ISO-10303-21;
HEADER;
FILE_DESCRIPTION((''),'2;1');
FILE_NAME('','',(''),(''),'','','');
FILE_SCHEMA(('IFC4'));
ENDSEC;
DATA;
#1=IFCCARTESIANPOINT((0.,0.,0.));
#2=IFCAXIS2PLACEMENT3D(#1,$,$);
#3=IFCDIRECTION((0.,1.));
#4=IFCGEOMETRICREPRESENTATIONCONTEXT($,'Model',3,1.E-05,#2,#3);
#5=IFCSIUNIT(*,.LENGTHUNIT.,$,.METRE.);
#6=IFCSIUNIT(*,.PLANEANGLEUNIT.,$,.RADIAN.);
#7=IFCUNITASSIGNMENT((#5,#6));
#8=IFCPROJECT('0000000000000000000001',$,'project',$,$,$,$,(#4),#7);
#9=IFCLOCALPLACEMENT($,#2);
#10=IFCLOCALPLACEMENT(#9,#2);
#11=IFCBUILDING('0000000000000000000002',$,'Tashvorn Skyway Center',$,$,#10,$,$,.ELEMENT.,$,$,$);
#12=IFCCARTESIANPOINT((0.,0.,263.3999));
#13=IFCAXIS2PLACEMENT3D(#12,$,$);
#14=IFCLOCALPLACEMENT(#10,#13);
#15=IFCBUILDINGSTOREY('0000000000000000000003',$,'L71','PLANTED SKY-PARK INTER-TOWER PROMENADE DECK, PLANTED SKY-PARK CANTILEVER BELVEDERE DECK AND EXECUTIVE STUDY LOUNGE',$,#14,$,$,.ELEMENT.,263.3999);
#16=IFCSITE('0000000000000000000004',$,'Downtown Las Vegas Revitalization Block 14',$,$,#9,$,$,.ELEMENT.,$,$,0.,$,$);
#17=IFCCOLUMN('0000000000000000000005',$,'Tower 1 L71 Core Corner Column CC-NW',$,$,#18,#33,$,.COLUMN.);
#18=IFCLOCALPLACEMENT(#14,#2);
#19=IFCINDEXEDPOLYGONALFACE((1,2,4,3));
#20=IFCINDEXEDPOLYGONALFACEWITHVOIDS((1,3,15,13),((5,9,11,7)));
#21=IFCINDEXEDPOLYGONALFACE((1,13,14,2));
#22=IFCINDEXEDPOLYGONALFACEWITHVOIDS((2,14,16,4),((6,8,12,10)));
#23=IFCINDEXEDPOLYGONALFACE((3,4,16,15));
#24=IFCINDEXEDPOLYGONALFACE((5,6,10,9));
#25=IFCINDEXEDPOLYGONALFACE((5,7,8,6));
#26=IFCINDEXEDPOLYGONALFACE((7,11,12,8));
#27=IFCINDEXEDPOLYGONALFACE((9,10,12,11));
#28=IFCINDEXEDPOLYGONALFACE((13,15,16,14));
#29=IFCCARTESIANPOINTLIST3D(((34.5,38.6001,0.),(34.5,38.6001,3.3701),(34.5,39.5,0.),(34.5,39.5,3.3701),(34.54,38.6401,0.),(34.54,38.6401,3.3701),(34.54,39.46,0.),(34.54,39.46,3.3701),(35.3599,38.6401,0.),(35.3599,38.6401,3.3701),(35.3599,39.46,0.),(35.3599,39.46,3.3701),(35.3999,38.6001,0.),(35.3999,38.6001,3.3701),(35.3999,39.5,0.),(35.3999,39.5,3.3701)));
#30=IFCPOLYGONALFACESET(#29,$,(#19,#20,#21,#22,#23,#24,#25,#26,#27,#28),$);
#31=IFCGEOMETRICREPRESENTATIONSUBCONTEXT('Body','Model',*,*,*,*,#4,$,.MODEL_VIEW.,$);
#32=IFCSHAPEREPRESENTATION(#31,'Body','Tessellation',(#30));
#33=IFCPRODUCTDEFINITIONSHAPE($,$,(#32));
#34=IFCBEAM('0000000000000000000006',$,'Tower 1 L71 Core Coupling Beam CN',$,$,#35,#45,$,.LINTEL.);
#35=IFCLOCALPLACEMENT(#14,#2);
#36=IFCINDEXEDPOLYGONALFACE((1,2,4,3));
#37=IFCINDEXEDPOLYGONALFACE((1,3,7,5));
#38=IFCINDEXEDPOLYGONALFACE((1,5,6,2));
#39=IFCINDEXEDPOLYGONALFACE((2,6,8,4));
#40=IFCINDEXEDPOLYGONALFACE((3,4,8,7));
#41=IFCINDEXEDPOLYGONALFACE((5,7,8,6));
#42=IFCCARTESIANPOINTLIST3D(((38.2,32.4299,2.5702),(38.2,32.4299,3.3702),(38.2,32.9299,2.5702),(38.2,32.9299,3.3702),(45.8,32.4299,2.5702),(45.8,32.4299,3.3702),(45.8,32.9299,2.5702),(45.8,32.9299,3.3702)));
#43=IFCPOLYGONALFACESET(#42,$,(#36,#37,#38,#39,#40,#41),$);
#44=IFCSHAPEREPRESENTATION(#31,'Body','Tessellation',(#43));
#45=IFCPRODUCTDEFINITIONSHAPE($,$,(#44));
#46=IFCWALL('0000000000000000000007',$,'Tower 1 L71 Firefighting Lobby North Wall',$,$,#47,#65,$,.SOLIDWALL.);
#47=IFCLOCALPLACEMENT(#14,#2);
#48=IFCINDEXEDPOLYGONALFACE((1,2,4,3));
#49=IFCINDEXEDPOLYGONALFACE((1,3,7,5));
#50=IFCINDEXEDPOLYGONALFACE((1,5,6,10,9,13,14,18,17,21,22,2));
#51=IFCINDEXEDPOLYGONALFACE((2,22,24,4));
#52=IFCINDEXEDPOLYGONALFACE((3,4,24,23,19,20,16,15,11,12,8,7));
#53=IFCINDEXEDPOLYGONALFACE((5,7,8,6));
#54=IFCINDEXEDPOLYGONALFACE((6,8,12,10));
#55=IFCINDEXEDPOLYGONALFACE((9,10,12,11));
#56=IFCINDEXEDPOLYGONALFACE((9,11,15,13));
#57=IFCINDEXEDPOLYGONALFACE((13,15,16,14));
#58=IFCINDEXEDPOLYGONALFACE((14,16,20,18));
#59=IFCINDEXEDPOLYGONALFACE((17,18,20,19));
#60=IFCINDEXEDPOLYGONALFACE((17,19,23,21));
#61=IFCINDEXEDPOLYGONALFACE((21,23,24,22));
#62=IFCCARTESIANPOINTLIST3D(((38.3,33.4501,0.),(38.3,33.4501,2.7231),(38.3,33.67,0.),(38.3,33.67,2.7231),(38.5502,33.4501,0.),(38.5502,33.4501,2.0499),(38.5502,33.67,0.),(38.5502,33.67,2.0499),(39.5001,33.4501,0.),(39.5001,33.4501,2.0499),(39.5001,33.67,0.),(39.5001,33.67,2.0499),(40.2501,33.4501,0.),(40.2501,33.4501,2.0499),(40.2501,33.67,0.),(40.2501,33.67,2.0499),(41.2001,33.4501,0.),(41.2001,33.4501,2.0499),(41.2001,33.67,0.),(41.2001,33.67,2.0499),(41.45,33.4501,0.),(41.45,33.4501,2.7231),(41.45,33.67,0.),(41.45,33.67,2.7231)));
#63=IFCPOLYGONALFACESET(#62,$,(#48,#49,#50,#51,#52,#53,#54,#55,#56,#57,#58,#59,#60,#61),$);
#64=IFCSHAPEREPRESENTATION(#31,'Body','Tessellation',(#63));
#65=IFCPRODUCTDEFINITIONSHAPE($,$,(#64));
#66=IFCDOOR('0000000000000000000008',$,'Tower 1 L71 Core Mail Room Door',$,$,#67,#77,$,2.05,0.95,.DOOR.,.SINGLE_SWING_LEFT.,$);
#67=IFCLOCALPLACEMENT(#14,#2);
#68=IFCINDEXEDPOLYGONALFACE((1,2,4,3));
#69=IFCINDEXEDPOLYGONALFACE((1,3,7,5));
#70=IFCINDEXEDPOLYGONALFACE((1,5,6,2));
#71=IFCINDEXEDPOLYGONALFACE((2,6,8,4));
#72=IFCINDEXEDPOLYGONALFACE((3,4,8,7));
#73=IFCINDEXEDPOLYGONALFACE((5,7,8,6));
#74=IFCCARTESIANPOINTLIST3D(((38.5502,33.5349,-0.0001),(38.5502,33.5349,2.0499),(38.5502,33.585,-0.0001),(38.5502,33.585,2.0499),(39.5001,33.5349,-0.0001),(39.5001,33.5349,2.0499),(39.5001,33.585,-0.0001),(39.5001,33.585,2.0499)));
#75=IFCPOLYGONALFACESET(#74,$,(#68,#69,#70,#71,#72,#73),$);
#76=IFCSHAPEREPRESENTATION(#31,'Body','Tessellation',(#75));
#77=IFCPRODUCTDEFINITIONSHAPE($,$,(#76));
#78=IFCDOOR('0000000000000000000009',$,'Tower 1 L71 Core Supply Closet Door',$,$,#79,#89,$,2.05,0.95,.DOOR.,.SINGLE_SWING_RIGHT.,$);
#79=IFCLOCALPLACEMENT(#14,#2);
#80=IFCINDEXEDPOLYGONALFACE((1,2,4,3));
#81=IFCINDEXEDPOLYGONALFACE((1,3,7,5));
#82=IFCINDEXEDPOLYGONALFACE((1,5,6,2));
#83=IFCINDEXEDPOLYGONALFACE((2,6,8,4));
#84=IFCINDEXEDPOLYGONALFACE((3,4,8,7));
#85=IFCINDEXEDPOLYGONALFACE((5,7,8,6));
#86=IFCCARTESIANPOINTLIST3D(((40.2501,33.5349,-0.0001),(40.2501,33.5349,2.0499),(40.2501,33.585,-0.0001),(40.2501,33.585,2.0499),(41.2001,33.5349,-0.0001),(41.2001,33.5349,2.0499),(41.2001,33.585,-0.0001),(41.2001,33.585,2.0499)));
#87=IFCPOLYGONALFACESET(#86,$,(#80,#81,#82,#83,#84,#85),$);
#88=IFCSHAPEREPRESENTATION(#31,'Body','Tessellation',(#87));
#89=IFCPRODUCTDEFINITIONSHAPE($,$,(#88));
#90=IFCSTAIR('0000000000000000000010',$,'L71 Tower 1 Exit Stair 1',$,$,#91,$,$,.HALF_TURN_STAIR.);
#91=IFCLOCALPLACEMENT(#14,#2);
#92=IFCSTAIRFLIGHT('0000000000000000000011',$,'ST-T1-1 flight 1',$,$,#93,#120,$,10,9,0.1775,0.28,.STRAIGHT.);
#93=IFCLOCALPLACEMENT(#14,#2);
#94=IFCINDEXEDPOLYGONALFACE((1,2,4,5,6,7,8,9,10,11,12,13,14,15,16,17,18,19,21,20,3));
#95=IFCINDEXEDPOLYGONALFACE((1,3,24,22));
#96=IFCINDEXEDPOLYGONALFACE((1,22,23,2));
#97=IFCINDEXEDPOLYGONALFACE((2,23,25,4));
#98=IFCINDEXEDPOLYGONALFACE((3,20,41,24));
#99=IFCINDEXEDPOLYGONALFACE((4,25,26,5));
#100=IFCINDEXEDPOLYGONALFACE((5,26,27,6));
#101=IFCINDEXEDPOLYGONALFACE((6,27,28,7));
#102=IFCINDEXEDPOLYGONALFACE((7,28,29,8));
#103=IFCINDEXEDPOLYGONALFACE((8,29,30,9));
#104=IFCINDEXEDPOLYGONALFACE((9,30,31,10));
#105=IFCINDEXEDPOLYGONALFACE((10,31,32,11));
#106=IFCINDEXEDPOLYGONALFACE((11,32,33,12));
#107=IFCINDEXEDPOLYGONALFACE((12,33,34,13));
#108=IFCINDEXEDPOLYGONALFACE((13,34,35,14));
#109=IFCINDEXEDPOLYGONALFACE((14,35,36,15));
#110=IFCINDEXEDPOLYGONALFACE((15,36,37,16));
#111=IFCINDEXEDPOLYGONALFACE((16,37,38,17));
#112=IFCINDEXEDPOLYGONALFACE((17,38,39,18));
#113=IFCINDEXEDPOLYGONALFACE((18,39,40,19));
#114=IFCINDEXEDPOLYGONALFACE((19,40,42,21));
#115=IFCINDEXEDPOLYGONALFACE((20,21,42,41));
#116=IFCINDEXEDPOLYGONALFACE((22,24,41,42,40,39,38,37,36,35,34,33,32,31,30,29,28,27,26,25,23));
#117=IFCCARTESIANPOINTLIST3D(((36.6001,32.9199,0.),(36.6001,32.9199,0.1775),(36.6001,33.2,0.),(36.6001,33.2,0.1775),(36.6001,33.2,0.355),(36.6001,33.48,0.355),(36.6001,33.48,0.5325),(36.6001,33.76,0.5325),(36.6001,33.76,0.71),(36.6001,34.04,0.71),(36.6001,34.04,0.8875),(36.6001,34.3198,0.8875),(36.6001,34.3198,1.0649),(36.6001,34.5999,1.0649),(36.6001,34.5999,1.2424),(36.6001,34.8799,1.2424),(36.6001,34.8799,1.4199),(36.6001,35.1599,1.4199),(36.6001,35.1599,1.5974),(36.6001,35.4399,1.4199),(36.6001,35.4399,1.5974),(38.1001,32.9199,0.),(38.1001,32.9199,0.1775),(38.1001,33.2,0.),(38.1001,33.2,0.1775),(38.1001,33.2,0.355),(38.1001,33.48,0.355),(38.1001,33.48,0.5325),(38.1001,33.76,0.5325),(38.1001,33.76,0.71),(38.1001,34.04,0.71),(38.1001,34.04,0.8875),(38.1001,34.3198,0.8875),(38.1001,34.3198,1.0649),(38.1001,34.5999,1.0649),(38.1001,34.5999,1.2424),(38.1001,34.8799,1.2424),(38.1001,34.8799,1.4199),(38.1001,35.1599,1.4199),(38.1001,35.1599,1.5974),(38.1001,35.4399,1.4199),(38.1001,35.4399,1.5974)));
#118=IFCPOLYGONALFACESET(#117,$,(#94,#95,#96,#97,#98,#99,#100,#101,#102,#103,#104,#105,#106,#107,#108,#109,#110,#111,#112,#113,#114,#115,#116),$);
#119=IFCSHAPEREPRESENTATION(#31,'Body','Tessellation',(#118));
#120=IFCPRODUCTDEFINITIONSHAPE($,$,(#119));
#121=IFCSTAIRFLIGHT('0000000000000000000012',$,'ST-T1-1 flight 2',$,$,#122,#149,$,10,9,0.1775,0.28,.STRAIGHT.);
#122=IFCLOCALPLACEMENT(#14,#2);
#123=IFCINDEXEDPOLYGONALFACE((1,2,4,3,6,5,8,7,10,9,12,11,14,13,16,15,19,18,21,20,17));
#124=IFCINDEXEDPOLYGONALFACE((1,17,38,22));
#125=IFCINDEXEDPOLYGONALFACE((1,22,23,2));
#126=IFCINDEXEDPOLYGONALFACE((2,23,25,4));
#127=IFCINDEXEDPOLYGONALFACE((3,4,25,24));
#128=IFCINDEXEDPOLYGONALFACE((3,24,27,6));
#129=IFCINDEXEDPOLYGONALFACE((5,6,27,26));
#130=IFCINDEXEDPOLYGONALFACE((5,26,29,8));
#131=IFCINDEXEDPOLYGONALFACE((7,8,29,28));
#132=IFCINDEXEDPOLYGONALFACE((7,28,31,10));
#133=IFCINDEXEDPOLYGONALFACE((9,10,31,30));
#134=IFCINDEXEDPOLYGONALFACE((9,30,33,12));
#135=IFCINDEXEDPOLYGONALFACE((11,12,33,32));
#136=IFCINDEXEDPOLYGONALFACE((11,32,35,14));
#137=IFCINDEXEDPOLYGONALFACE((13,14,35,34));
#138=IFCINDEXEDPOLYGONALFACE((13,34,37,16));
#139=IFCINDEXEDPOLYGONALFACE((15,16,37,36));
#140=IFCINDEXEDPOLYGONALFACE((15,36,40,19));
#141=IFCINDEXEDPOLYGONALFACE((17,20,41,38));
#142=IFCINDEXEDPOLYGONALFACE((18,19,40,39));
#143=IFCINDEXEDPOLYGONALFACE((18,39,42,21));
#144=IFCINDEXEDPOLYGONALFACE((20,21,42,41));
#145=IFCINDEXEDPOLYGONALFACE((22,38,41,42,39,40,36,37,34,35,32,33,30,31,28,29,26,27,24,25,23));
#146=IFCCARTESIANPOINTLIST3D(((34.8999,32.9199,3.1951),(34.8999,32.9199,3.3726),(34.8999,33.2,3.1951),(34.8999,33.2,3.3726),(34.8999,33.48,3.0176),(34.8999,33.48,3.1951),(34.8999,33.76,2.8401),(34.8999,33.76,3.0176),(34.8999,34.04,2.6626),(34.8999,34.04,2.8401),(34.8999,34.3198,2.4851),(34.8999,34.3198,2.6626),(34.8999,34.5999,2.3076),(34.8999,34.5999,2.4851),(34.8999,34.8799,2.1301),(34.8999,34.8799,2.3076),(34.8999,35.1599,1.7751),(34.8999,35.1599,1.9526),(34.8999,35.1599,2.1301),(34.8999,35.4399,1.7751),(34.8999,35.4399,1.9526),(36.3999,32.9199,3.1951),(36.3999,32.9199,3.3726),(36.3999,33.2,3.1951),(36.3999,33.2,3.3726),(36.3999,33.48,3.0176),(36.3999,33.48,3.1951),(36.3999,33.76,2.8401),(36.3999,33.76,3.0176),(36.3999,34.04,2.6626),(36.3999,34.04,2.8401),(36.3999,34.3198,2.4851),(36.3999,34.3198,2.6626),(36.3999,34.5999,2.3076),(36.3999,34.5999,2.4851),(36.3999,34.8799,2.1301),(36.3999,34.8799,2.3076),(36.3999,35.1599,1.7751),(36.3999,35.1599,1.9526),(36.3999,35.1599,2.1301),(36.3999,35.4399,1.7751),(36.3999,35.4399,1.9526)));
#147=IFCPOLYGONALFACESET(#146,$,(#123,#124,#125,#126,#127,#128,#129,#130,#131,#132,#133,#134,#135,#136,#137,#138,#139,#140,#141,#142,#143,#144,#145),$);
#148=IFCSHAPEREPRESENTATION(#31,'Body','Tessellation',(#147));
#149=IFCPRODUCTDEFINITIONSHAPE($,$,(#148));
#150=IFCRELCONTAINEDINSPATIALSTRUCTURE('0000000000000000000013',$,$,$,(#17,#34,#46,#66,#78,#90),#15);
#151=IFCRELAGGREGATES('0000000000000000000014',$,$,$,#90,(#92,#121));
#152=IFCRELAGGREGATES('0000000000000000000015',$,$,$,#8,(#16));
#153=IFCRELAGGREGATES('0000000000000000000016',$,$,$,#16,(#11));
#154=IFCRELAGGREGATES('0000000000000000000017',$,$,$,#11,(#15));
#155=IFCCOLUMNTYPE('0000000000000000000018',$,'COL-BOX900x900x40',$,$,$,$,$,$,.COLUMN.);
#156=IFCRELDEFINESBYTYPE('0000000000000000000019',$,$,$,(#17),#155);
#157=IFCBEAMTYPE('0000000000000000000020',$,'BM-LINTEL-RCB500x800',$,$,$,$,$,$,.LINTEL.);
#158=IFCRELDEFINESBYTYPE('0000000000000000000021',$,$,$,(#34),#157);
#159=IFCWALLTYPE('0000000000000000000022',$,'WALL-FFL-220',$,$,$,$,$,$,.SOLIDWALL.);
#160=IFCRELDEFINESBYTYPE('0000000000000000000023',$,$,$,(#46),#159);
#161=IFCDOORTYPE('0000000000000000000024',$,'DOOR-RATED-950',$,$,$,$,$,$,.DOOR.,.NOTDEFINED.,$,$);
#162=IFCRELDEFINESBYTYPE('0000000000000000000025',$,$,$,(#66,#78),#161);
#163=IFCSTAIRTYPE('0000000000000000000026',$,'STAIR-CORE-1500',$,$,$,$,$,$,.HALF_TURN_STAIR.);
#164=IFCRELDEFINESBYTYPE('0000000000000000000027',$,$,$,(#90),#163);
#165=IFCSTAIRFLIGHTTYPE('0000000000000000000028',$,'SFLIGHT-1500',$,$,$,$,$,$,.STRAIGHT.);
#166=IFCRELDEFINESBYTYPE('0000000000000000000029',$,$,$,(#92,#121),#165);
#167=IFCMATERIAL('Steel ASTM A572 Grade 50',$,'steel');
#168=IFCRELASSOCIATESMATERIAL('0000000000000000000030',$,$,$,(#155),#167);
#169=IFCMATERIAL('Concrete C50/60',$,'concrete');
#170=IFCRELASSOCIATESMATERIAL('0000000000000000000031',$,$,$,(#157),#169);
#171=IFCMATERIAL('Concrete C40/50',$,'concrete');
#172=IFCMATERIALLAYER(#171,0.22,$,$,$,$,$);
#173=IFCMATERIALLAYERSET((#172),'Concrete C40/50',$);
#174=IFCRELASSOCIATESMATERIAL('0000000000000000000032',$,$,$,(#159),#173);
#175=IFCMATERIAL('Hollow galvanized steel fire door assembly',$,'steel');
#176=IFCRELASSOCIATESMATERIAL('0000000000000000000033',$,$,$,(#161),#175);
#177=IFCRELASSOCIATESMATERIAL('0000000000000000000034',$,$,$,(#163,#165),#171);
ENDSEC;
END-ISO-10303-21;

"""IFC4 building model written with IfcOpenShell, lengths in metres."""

from ifc_helpers import new_model, si_unit, direction, frame, frame_2d, origin, origin_2d, place, context, subcontext, project, spatial, polyline, rectangle, hollow_rectangle, outline, extrude, material, layer, layer_set, material_profile, profile_set, type_object, element, fill, aggregate, save


model = new_model("IFC4")

# Units and contexts
model_context = context("Model", 3, precision=1e-05, world=origin(), true_north=direction((0.0, 1.0)))
body_context = subcontext(model_context, "Body", "Model", "MODEL_VIEW")
ifc_project = project(units=[si_unit("LENGTHUNIT", "METRE"), si_unit("PLANEANGLEUNIT", "RADIAN")], contexts=[model_context])

# Site, building, storey
site_placement = place(None, origin())
site = spatial("IfcSite", under=ifc_project, at=site_placement, Name="Downtown Las Vegas Revitalization Block 14", CompositionType="ELEMENT", RefElevation=0.0)
building_placement = place(site_placement, origin())
building = spatial("IfcBuilding", under=site, at=building_placement, Name="Tashvorn Skyway Center", CompositionType="ELEMENT")
storey_placement = place(building_placement, frame((0.0, 0.0, 263.3999)))
storey = spatial("IfcBuildingStorey", under=building, at=storey_placement, Name="L71", Description="PLANTED SKY-PARK INTER-TOWER PROMENADE DECK, PLANTED SKY-PARK CANTILEVER BELVEDERE DECK AND EXECUTIVE STUDY LOUNGE", CompositionType="ELEMENT", Elevation=263.3999)

# Column
ifc_material_1 = material(Name="Steel ASTM A572 Grade 50", Category="steel")
ifc_material_profile_1 = material_profile(ifc_material_1, hollow_rectangle(XDim=0.8999, YDim=0.8999, WallThickness=0.04, at=origin_2d()), Name="BOX900x900x40")
ifc_profile_set_1 = profile_set([ifc_material_profile_1], Name="Steel ASTM A572 Grade 50")
column_type = type_object("IfcColumnType", Name="COL-BOX900x900x40", PredefinedType="COLUMN", material=ifc_profile_set_1)
column_placement = place(storey_placement, frame((34.95, 39.05, 0.0), z_axis=(0.0, 0.0, 1.0), x_axis=(1.0, 0.0, 0.0)))
element("IfcColumn", 1, at=column_placement, inside=storey, type_object=column_type, Name="Tower 1 L71 Core Corner Column CC-NW", PredefinedType="COLUMN", context=body_context, shape_type="SweptSolid", body=[
    extrude(hollow_rectangle(XDim=0.8999, YDim=0.8999, WallThickness=0.04, at=origin_2d()), origin(), (0.0, 0.0, 1.0), 3.3701),
])

# Beam
ifc_material_2 = material(Name="Concrete C50/60", Category="concrete")
ifc_material_profile_2 = material_profile(ifc_material_2, rectangle(XDim=0.5, YDim=0.8, at=origin_2d()), Name="RCB500x800")
ifc_profile_set_2 = profile_set([ifc_material_profile_2], Name="Concrete C50/60")
beam_type = type_object("IfcBeamType", Name="BM-LINTEL-RCB500x800", PredefinedType="LINTEL", material=ifc_profile_set_2)
beam_placement = place(storey_placement, frame((38.2, 32.6799, 2.9702), z_axis=(1.0, 0.0, 0.0), x_axis=(0.0, 1.0, 0.0)))
element("IfcBeam", 2, at=beam_placement, inside=storey, type_object=beam_type, Name="Tower 1 L71 Core Coupling Beam CN", PredefinedType="LINTEL", context=body_context, shape_type="SweptSolid", body=[
    extrude(rectangle(XDim=0.5, YDim=0.8, at=origin_2d()), origin(), (0.0, 0.0, 1.0), 7.6001),
])

# Wall, openings, doors
ifc_material_3 = material(Name="Concrete C40/50", Category="concrete")
ifc_layer = layer(ifc_material_3, 0.22)
ifc_layer_set = layer_set([ifc_layer], Name="Concrete C40/50")
wall_type = type_object("IfcWallType", Name="WALL-FFL-220", PredefinedType="SOLIDWALL", material=ifc_layer_set)
wall_placement = place(storey_placement, frame((38.3, 33.5601, 0.0), z_axis=(0.0, 0.0, 1.0), x_axis=(1.0, 0.0, 0.0)))
wall = element("IfcWall", 3, at=wall_placement, inside=storey, type_object=wall_type, Name="Tower 1 L71 Firefighting Lobby North Wall", PredefinedType="SOLIDWALL", context=body_context, shape_type="SweptSolid", body=[
    extrude(rectangle(XDim=3.1499, YDim=0.22, at=frame_2d((1.575, 0.0))), origin(), (0.0, 0.0, 1.0), 2.7231),
])
opening_1_placement = place(wall_placement, frame((0.25, 0.0, 0.0)))
opening_1 = element("IfcOpeningElement", 4, at=opening_1_placement, cuts=wall, PredefinedType="OPENING", context=body_context, shape_type="SweptSolid", body=[
    extrude(rectangle(XDim=0.95, YDim=2.05, at=frame_2d((0.4751, 1.0249))), frame((0.0, 0.1199, 0.0), z_axis=(0.0, -1.0, 0.0), x_axis=(1.0, 0.0, 0.0)), (0.0, 0.0, 1.0), 0.24),
])
opening_2_placement = place(wall_placement, frame((1.95, 0.0, 0.0)))
opening_2 = element("IfcOpeningElement", 5, at=opening_2_placement, cuts=wall, PredefinedType="OPENING", context=body_context, shape_type="SweptSolid", body=[
    extrude(rectangle(XDim=0.95, YDim=2.05, at=frame_2d((0.4751, 1.0249))), frame((0.0, 0.1199, 0.0), z_axis=(0.0, -1.0, 0.0), x_axis=(1.0, 0.0, 0.0)), (0.0, 0.0, 1.0), 0.24),
])
ifc_material_4 = material(Name="Hollow galvanized steel fire door assembly", Category="steel")
door_type = type_object("IfcDoorType", Name="DOOR-RATED-950", OperationType="NOTDEFINED", PredefinedType="DOOR", material=ifc_material_4)
door_1_placement = place(opening_1_placement, origin())
door_1 = element("IfcDoor", 6, at=door_1_placement, inside=storey, type_object=door_type, Name="Tower 1 L71 Core Mail Room Door", OperationType="SINGLE_SWING_LEFT", OverallHeight=2.05, OverallWidth=0.95, PredefinedType="DOOR", context=body_context, shape_type="SweptSolid", body=[
    extrude(rectangle(XDim=0.95, YDim=2.05, at=frame_2d((0.4751, 1.0249))), frame((0.0, 0.0249, 0.0), z_axis=(0.0, -1.0, 0.0), x_axis=(1.0, 0.0, 0.0)), (0.0, 0.0, 1.0), 0.05),
])
fill(opening_1, door_1)
door_2_placement = place(opening_2_placement, origin())
door_2 = element("IfcDoor", 7, at=door_2_placement, inside=storey, type_object=door_type, Name="Tower 1 L71 Core Supply Closet Door", OperationType="SINGLE_SWING_RIGHT", OverallHeight=2.05, OverallWidth=0.95, PredefinedType="DOOR", context=body_context, shape_type="SweptSolid", body=[
    extrude(rectangle(XDim=0.95, YDim=2.05, at=frame_2d((0.4751, 1.0249))), frame((0.0, 0.0249, 0.0), z_axis=(0.0, -1.0, 0.0), x_axis=(1.0, 0.0, 0.0)), (0.0, 0.0, 1.0), 0.05),
])
fill(opening_2, door_2)

# Stair, stair flights
stair_type = type_object("IfcStairType", Name="STAIR-CORE-1500", PredefinedType="HALF_TURN_STAIR", material=ifc_material_3)
stair_placement = place(storey_placement, origin())
stair = element("IfcStair", 8, at=stair_placement, inside=storey, type_object=stair_type, Name="L71 Tower 1 Exit Stair 1", PredefinedType="HALF_TURN_STAIR")
stair_flight_type = type_object("IfcStairFlightType", Name="SFLIGHT-1500", PredefinedType="STRAIGHT", material=ifc_material_3)
stair_flight_1_placement = place(storey_placement, frame((37.3501, 32.9199, 0.0), z_axis=(0.0, 0.0, 1.0), x_axis=(0.0, 1.0, 0.0)))
stair_flight_1 = element("IfcStairFlight", 9, at=stair_flight_1_placement, type_object=stair_flight_type, Name="ST-T1-1 flight 1", NumberOfRisers=10, NumberOfTreads=9, PredefinedType="STRAIGHT", RiserHeight=0.1775, TreadLength=0.28, context=body_context, shape_type="SweptSolid", body=[
    extrude(outline(polyline([(0.0, 0.0), (0.0, 0.1775), (0.28, 0.1775), (0.28, 0.355), (0.5601, 0.355), (0.5601, 0.5325), (0.8401, 0.5325), (0.8401, 0.71), (1.1201, 0.71), (1.1201, 0.8875), (1.3999, 0.8875), (1.3999, 1.0649), (1.6799, 1.0649), (1.6799, 1.2424), (1.96, 1.2424), (1.96, 1.4199), (2.24, 1.4199), (2.24, 1.5974), (2.52, 1.5974), (2.52, 1.7749), (2.52, 1.4199), (0.28, 0.0), (0.0, 0.0)])), frame((0.0, 0.75, 0.0), z_axis=(0.0, -1.0, 0.0), x_axis=(1.0, 0.0, 0.0)), (0.0, 0.0, 1.0), 1.5),
])
stair_flight_2_placement = place(storey_placement, frame((35.6499, 35.4399, 1.7751), z_axis=(0.0, 0.0, 1.0), x_axis=(0.0, -1.0, 0.0)))
stair_flight_2 = element("IfcStairFlight", 10, at=stair_flight_2_placement, type_object=stair_flight_type, Name="ST-T1-1 flight 2", NumberOfRisers=10, NumberOfTreads=9, PredefinedType="STRAIGHT", RiserHeight=0.1775, TreadLength=0.28, context=body_context, shape_type="SweptSolid", body=[
    extrude(outline(polyline([(0.0, 0.0), (0.0, 0.1775), (0.28, 0.1775), (0.28, 0.355), (0.5601, 0.355), (0.5601, 0.5325), (0.8401, 0.5325), (0.8401, 0.71), (1.1201, 0.71), (1.1201, 0.8875), (1.3999, 0.8875), (1.3999, 1.0649), (1.6799, 1.0649), (1.6799, 1.2424), (1.96, 1.2424), (1.96, 1.4199), (2.24, 1.4199), (2.24, 1.5974), (2.52, 1.5974), (2.52, 1.7749), (2.52, 1.4199), (0.28, 0.0), (0.0, 0.0)])), frame((0.0, 0.75, 0.0), z_axis=(0.0, -1.0, 0.0), x_axis=(1.0, 0.0, 0.0)), (0.0, 0.0, 1.0), 1.5),
])
aggregate(stair, [stair_flight_1, stair_flight_2])

save(model, "model.ifc")
